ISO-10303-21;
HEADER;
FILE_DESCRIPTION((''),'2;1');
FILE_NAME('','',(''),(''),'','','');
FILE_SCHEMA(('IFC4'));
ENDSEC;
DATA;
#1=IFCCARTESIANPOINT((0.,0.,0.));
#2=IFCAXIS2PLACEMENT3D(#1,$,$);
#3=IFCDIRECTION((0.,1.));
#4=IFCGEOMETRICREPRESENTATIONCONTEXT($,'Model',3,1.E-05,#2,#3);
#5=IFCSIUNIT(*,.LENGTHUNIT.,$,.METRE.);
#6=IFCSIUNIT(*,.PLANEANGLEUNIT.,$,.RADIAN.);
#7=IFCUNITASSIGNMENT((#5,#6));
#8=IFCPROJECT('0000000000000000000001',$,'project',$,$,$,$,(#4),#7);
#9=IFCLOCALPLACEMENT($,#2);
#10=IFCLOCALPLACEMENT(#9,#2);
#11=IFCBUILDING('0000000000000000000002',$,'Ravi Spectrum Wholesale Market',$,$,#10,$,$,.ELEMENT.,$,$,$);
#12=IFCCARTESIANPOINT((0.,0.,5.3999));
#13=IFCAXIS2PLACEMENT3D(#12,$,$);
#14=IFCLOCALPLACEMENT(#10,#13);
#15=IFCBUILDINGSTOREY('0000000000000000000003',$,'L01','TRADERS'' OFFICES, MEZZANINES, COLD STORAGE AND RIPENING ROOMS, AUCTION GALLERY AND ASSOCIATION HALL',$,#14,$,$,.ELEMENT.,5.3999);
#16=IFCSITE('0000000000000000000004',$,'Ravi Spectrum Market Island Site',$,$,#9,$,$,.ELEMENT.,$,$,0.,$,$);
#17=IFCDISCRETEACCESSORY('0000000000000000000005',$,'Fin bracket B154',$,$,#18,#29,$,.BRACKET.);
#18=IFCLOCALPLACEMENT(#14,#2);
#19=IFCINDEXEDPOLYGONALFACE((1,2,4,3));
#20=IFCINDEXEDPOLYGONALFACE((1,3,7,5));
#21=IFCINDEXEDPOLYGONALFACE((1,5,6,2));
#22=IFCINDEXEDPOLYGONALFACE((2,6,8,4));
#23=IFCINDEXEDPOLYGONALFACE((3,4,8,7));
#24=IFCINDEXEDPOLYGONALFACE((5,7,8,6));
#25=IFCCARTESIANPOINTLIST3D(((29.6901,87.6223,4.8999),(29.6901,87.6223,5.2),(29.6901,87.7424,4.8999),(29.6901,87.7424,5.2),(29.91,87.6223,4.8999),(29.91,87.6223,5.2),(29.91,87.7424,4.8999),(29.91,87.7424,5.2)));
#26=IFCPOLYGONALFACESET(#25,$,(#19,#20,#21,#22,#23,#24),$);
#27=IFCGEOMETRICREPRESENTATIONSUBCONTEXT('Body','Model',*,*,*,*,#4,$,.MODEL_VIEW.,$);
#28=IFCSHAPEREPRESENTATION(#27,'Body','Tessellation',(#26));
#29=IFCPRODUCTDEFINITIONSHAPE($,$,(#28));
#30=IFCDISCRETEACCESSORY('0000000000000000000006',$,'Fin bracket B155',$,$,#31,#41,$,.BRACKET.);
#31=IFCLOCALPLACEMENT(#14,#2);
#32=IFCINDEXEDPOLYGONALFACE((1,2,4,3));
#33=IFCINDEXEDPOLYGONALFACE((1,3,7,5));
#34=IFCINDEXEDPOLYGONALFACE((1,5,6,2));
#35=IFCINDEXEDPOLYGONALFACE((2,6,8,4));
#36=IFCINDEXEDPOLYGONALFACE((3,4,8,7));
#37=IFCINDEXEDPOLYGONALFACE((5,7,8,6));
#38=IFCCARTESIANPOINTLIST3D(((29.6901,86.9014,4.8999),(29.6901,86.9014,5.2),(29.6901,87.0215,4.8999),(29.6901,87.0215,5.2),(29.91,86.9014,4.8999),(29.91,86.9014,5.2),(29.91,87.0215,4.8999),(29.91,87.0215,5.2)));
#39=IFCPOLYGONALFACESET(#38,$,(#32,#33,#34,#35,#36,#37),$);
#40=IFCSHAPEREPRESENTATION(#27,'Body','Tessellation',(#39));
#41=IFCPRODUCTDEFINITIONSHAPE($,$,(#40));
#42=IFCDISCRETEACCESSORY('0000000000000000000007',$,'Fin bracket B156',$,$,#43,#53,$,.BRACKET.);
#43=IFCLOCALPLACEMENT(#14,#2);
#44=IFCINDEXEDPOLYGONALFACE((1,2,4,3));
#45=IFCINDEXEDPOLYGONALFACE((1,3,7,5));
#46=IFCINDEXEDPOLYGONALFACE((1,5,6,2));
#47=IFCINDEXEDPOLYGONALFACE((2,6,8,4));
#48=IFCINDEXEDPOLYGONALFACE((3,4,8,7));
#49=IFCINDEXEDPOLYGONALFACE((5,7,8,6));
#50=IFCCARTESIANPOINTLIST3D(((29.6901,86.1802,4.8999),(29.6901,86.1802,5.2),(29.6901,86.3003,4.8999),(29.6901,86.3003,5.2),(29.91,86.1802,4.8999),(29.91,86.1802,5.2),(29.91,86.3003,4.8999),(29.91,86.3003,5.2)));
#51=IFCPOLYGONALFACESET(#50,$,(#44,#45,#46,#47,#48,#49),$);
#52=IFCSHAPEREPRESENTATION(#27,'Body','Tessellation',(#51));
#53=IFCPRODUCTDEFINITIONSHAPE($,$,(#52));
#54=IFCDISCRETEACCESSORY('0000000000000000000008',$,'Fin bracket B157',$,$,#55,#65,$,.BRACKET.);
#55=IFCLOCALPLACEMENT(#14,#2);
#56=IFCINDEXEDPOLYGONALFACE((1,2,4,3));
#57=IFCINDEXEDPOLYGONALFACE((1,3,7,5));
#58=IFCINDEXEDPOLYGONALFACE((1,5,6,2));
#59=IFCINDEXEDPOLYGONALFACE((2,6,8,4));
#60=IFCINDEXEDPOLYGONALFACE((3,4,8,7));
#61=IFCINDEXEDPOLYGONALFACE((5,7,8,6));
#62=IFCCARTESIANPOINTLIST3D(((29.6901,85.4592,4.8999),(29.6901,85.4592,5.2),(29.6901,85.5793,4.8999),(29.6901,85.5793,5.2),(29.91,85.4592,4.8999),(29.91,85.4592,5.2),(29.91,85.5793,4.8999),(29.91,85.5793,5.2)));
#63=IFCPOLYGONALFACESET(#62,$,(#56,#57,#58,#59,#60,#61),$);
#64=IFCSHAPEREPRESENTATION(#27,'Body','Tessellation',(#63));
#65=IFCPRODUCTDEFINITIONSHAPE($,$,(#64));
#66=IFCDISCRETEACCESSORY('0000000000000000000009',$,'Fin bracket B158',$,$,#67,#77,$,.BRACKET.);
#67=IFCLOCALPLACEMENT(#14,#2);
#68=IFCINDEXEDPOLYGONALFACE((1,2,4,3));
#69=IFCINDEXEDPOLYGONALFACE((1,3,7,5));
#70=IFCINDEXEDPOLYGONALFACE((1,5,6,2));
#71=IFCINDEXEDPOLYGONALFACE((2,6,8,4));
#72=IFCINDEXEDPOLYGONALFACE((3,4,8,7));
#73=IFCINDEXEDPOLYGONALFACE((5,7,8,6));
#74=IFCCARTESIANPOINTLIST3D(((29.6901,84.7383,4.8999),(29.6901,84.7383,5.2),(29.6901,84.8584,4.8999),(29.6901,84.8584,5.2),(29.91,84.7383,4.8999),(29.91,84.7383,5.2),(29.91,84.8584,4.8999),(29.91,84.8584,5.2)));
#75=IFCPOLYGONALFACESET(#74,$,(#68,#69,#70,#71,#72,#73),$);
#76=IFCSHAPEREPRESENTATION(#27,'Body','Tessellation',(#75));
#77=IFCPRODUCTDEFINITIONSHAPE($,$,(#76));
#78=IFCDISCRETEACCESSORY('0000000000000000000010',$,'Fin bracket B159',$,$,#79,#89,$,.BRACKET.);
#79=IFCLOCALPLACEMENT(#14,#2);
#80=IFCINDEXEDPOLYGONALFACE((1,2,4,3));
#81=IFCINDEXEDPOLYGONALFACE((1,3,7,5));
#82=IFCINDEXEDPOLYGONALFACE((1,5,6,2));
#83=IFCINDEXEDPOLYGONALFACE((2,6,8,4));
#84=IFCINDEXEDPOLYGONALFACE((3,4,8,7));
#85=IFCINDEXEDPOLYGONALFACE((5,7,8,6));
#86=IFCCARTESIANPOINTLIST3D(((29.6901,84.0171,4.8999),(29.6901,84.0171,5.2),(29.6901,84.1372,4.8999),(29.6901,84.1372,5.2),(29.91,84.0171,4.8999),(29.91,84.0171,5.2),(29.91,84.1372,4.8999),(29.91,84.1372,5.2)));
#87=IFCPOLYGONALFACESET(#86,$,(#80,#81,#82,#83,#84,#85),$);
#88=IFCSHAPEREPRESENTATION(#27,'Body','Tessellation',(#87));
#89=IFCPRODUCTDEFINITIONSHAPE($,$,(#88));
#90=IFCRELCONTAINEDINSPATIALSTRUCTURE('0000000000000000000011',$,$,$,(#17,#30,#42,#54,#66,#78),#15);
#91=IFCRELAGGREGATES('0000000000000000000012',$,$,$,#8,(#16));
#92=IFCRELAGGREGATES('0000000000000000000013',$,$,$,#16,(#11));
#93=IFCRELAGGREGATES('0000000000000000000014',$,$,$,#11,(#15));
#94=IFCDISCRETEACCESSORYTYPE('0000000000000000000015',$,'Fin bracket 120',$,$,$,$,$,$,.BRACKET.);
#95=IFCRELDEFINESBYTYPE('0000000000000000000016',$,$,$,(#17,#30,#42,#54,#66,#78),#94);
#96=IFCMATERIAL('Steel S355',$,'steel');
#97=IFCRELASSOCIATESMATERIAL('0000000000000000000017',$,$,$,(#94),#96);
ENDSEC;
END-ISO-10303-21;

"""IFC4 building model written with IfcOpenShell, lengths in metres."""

from ifc_helpers import new_model, si_unit, direction, frame, origin, origin_2d, place, context, subcontext, project, spatial, rectangle, extrude, material, type_object, element, save


model = new_model("IFC4")

# Units and contexts
model_context = context("Model", 3, precision=1e-05, world=origin(), true_north=direction((0.0, 1.0)))
body_context = subcontext(model_context, "Body", "Model", "MODEL_VIEW")
ifc_project = project(units=[si_unit("LENGTHUNIT", "METRE"), si_unit("PLANEANGLEUNIT", "RADIAN")], contexts=[model_context])

# Site, building, storey
site_placement = place(None, origin())
site = spatial("IfcSite", under=ifc_project, at=site_placement, Name="Ravi Spectrum Market Island Site", CompositionType="ELEMENT", RefElevation=0.0)
building_placement = place(site_placement, origin())
building = spatial("IfcBuilding", under=site, at=building_placement, Name="Ravi Spectrum Wholesale Market", CompositionType="ELEMENT")
storey_placement = place(building_placement, frame((0.0, 0.0, 5.3999)))
storey = spatial("IfcBuildingStorey", under=building, at=storey_placement, Name="L01", Description="TRADERS' OFFICES, MEZZANINES, COLD STORAGE AND RIPENING ROOMS, AUCTION GALLERY AND ASSOCIATION HALL", CompositionType="ELEMENT", Elevation=5.3999)

# Discrete accessories
ifc_material_1 = material(Name="Steel S355", Category="steel")
discrete_accessory_type = type_object("IfcDiscreteAccessoryType", Name="Fin bracket 120", PredefinedType="BRACKET", material=ifc_material_1)
for number, where, z_axis, x_axis, name in (
    (1, (29.8, 87.6824, 4.8999), (0.0, 0.0, 1.0), (0.0, -1.0, 0.0), "Fin bracket B154"),
    (2, (29.8, 86.9614, 4.8999), (0.0, 0.0, 1.0), (0.0, -1.0, 0.0), "Fin bracket B155"),
    (3, (29.8, 86.2402, 4.8999), (0.0, 0.0, 1.0), (0.0, -1.0, 0.0), "Fin bracket B156"),
    (4, (29.8, 85.5193, 4.8999), (0.0, 0.0, 1.0), (0.0, -1.0, 0.0), "Fin bracket B157"),
    (5, (29.8, 84.7983, 4.8999), (0.0, 0.0, 1.0), (0.0, -1.0, 0.0), "Fin bracket B158"),
    (6, (29.8, 84.0771, 4.8999), (0.0, 0.0, 1.0), (0.0, -1.0, 0.0), "Fin bracket B159"),
):
    element("IfcDiscreteAccessory", number, at=place(storey_placement, frame(where, z_axis=z_axis, x_axis=x_axis)), inside=storey, type_object=discrete_accessory_type, Name=name, PredefinedType="BRACKET", context=body_context, shape_type="SweptSolid", body=[
        extrude(rectangle(XDim=0.1201, YDim=0.22, at=origin_2d()), origin(), (0.0, 0.0, 1.0), 0.3),
    ])

save(model, "model.ifc")
